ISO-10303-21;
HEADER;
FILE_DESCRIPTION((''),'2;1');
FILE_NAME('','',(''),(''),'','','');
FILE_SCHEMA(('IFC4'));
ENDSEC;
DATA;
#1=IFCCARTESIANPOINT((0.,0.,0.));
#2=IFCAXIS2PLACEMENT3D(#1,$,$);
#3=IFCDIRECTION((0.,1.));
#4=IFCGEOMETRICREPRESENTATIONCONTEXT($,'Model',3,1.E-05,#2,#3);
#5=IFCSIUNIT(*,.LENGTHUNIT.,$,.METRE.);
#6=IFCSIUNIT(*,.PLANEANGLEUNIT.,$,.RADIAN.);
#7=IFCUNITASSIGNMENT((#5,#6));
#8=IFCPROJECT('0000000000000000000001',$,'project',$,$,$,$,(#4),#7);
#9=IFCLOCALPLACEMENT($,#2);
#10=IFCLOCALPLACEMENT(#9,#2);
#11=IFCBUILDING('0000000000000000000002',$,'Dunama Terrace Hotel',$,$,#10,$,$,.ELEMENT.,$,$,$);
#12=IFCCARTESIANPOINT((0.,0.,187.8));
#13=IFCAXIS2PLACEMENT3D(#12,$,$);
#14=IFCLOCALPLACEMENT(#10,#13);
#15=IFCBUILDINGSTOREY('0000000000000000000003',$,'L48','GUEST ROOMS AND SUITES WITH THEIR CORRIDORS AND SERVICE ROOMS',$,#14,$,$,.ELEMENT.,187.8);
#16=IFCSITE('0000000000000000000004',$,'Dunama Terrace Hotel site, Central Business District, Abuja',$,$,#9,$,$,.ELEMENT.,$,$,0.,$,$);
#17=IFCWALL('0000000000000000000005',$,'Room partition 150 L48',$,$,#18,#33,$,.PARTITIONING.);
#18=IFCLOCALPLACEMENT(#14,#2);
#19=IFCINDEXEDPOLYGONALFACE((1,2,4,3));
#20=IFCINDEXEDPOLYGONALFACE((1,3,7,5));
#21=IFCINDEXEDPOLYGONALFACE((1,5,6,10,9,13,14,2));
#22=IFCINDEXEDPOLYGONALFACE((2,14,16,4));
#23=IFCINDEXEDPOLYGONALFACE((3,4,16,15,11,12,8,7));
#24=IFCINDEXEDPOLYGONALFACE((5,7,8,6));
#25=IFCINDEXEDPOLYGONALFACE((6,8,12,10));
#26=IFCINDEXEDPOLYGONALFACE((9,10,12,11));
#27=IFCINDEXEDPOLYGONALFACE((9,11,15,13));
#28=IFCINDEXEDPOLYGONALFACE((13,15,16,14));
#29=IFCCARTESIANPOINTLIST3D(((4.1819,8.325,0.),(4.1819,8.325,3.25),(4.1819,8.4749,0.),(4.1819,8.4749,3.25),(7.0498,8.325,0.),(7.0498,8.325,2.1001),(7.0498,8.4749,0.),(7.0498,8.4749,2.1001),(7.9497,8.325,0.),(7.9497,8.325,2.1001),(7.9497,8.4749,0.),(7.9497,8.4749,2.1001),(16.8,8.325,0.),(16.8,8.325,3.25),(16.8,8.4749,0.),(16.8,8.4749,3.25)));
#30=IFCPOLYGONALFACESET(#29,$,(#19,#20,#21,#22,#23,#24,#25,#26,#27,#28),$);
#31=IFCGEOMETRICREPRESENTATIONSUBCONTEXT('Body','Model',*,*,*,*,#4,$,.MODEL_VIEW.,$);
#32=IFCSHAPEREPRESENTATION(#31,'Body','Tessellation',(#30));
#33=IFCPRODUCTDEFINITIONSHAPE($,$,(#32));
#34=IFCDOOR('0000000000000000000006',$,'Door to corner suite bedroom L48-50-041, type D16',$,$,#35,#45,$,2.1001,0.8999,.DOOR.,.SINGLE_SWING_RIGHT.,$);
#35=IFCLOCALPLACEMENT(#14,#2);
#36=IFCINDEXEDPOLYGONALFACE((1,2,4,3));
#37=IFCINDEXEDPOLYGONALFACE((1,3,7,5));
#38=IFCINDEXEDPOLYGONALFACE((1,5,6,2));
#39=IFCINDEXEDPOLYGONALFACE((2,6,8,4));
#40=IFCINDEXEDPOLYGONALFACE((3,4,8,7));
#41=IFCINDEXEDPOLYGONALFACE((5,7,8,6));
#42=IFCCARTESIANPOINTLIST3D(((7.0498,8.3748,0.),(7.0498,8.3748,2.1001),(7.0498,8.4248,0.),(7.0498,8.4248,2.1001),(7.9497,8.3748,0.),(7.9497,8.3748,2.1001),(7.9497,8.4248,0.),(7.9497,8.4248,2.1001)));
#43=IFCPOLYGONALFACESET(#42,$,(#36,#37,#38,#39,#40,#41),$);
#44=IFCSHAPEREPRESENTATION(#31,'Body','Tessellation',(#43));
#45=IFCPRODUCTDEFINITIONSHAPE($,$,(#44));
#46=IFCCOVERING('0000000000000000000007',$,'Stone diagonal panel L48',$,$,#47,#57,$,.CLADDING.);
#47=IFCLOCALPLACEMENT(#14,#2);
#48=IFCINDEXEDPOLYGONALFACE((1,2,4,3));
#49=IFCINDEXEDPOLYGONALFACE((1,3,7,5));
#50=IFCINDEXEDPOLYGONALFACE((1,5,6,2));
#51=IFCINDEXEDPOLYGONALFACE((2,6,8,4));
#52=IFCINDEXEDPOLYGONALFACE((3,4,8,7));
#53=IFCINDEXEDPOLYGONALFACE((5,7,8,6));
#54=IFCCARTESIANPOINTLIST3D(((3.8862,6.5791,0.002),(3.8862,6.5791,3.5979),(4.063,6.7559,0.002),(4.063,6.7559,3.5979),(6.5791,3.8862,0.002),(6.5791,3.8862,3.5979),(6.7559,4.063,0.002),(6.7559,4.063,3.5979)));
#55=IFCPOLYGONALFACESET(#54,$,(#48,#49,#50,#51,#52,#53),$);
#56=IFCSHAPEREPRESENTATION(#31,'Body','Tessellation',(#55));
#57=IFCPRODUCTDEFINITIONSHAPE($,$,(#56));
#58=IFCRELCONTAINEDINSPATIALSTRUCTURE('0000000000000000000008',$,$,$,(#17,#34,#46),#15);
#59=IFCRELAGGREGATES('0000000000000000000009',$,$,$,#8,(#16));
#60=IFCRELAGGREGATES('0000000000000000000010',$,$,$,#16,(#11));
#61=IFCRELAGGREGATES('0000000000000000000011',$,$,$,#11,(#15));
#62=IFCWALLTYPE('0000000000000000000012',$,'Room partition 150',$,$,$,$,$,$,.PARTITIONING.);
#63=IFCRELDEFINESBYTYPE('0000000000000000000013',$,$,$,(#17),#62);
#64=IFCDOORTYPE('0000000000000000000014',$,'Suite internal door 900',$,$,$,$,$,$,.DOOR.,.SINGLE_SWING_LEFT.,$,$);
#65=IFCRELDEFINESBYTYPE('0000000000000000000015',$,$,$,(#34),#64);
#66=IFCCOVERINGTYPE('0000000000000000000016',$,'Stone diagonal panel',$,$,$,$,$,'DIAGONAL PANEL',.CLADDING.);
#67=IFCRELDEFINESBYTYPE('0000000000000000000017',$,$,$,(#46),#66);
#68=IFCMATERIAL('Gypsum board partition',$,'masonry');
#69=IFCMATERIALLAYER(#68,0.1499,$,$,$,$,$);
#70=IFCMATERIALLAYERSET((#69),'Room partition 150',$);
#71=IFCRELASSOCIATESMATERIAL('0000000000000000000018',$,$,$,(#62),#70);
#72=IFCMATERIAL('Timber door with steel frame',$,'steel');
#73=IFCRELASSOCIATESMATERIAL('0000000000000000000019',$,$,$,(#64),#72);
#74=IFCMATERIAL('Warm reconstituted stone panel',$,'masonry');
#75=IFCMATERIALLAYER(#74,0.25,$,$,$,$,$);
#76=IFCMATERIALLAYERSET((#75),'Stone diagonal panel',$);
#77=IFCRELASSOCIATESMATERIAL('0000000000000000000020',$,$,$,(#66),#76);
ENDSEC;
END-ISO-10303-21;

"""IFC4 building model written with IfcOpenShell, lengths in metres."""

from ifc_helpers import new_model, si_unit, direction, frame, frame_2d, origin, origin_2d, place, context, subcontext, project, spatial, rectangle, extrude, material, layer, layer_set, type_object, element, fill, save


model = new_model("IFC4")

# Units and contexts
model_context = context("Model", 3, precision=1e-05, world=origin(), true_north=direction((0.0, 1.0)))
body_context = subcontext(model_context, "Body", "Model", "MODEL_VIEW")
ifc_project = project(units=[si_unit("LENGTHUNIT", "METRE"), si_unit("PLANEANGLEUNIT", "RADIAN")], contexts=[model_context])

# Site, building, storey
site_placement = place(None, origin())
site = spatial("IfcSite", under=ifc_project, at=site_placement, Name="Dunama Terrace Hotel site, Central Business District, Abuja", CompositionType="ELEMENT", RefElevation=0.0)
building_placement = place(site_placement, origin())
building = spatial("IfcBuilding", under=site, at=building_placement, Name="Dunama Terrace Hotel", CompositionType="ELEMENT")
storey_placement = place(building_placement, frame((0.0, 0.0, 187.8)))
storey = spatial("IfcBuildingStorey", under=building, at=storey_placement, Name="L48", Description="GUEST ROOMS AND SUITES WITH THEIR CORRIDORS AND SERVICE ROOMS", CompositionType="ELEMENT", Elevation=187.8)

# Wall, opening, door
ifc_material_1 = material(Name="Gypsum board partition", Category="masonry")
ifc_layer_1 = layer(ifc_material_1, 0.1499)
ifc_layer_set_1 = layer_set([ifc_layer_1], Name="Room partition 150")
wall_type = type_object("IfcWallType", Name="Room partition 150", PredefinedType="PARTITIONING", material=ifc_layer_set_1)
ifc_material_2 = material(Name="Timber door with steel frame", Category="steel")
door_type = type_object("IfcDoorType", Name="Suite internal door 900", OperationType="SINGLE_SWING_LEFT", PredefinedType="DOOR", material=ifc_material_2)
wall_1_placement = place(storey_placement, frame((4.1819, 8.3999, 0.0), z_axis=(0.0, 0.0, 1.0), x_axis=(1.0, 0.0, 0.0)))
wall_1 = element("IfcWall", 1, at=wall_1_placement, inside=storey, type_object=wall_type, Name="Room partition 150 L48", PredefinedType="PARTITIONING", context=body_context, shape_type="SweptSolid", body=[
    extrude(rectangle(XDim=12.6182, YDim=0.1499, at=frame_2d((6.3091, 0.0))), origin(), (0.0, 0.0, 1.0), 3.25),
])
opening_1_placement = place(wall_1_placement, frame((2.8679, 0.0, 0.0)))
opening_1 = element("IfcOpeningElement", 2, at=opening_1_placement, cuts=wall_1, PredefinedType="OPENING", context=body_context, shape_type="SweptSolid", body=[
    extrude(rectangle(XDim=0.8999, YDim=2.1001, at=frame_2d((0.45, 1.05))), frame((0.0, 0.085, 0.0), z_axis=(0.0, -1.0, 0.0), x_axis=(1.0, 0.0, 0.0)), (0.0, 0.0, 1.0), 0.1699),
])
door_1_placement = place(opening_1_placement, frame((0.8999, 0.0, 0.0), z_axis=(0.0, 0.0, 1.0), x_axis=(-1.0, 0.0, 0.0)))
door_1 = element("IfcDoor", 3, at=door_1_placement, inside=storey, type_object=door_type, Name="Door to corner suite bedroom L48-50-041, type D16", OperationType="SINGLE_SWING_RIGHT", OverallHeight=2.1001, OverallWidth=0.8999, PredefinedType="DOOR", context=body_context, shape_type="SweptSolid", body=[
    extrude(rectangle(XDim=0.8999, YDim=2.1001, at=frame_2d((0.45, 1.05))), frame((0.0, 0.0251, 0.0), z_axis=(0.0, -1.0, 0.0), x_axis=(1.0, 0.0, 0.0)), (0.0, 0.0, 1.0), 0.05),
])
fill(opening_1, door_1)

# Covering
ifc_material_3 = material(Name="Warm reconstituted stone panel", Category="masonry")
ifc_layer_2 = layer(ifc_material_3, 0.25)
ifc_layer_set_2 = layer_set([ifc_layer_2], Name="Stone diagonal panel")
covering_type = type_object("IfcCoveringType", Name="Stone diagonal panel", ElementType="DIAGONAL PANEL", PredefinedType="CLADDING", material=ifc_layer_set_2)
covering_placement = place(storey_placement, frame((5.321, 5.321, 0.002), z_axis=(0.0, 0.0, 1.0), x_axis=(0.707107, -0.707107, 0.0)))
element("IfcCovering", 4, at=covering_placement, inside=storey, type_object=covering_type, Name="Stone diagonal panel L48", PredefinedType="CLADDING", context=body_context, shape_type="SweptSolid", body=[
    extrude(rectangle(XDim=3.8083, YDim=0.25, at=origin_2d()), origin(), (0.0, 0.0, 1.0), 3.5959),
])

save(model, "model.ifc")
